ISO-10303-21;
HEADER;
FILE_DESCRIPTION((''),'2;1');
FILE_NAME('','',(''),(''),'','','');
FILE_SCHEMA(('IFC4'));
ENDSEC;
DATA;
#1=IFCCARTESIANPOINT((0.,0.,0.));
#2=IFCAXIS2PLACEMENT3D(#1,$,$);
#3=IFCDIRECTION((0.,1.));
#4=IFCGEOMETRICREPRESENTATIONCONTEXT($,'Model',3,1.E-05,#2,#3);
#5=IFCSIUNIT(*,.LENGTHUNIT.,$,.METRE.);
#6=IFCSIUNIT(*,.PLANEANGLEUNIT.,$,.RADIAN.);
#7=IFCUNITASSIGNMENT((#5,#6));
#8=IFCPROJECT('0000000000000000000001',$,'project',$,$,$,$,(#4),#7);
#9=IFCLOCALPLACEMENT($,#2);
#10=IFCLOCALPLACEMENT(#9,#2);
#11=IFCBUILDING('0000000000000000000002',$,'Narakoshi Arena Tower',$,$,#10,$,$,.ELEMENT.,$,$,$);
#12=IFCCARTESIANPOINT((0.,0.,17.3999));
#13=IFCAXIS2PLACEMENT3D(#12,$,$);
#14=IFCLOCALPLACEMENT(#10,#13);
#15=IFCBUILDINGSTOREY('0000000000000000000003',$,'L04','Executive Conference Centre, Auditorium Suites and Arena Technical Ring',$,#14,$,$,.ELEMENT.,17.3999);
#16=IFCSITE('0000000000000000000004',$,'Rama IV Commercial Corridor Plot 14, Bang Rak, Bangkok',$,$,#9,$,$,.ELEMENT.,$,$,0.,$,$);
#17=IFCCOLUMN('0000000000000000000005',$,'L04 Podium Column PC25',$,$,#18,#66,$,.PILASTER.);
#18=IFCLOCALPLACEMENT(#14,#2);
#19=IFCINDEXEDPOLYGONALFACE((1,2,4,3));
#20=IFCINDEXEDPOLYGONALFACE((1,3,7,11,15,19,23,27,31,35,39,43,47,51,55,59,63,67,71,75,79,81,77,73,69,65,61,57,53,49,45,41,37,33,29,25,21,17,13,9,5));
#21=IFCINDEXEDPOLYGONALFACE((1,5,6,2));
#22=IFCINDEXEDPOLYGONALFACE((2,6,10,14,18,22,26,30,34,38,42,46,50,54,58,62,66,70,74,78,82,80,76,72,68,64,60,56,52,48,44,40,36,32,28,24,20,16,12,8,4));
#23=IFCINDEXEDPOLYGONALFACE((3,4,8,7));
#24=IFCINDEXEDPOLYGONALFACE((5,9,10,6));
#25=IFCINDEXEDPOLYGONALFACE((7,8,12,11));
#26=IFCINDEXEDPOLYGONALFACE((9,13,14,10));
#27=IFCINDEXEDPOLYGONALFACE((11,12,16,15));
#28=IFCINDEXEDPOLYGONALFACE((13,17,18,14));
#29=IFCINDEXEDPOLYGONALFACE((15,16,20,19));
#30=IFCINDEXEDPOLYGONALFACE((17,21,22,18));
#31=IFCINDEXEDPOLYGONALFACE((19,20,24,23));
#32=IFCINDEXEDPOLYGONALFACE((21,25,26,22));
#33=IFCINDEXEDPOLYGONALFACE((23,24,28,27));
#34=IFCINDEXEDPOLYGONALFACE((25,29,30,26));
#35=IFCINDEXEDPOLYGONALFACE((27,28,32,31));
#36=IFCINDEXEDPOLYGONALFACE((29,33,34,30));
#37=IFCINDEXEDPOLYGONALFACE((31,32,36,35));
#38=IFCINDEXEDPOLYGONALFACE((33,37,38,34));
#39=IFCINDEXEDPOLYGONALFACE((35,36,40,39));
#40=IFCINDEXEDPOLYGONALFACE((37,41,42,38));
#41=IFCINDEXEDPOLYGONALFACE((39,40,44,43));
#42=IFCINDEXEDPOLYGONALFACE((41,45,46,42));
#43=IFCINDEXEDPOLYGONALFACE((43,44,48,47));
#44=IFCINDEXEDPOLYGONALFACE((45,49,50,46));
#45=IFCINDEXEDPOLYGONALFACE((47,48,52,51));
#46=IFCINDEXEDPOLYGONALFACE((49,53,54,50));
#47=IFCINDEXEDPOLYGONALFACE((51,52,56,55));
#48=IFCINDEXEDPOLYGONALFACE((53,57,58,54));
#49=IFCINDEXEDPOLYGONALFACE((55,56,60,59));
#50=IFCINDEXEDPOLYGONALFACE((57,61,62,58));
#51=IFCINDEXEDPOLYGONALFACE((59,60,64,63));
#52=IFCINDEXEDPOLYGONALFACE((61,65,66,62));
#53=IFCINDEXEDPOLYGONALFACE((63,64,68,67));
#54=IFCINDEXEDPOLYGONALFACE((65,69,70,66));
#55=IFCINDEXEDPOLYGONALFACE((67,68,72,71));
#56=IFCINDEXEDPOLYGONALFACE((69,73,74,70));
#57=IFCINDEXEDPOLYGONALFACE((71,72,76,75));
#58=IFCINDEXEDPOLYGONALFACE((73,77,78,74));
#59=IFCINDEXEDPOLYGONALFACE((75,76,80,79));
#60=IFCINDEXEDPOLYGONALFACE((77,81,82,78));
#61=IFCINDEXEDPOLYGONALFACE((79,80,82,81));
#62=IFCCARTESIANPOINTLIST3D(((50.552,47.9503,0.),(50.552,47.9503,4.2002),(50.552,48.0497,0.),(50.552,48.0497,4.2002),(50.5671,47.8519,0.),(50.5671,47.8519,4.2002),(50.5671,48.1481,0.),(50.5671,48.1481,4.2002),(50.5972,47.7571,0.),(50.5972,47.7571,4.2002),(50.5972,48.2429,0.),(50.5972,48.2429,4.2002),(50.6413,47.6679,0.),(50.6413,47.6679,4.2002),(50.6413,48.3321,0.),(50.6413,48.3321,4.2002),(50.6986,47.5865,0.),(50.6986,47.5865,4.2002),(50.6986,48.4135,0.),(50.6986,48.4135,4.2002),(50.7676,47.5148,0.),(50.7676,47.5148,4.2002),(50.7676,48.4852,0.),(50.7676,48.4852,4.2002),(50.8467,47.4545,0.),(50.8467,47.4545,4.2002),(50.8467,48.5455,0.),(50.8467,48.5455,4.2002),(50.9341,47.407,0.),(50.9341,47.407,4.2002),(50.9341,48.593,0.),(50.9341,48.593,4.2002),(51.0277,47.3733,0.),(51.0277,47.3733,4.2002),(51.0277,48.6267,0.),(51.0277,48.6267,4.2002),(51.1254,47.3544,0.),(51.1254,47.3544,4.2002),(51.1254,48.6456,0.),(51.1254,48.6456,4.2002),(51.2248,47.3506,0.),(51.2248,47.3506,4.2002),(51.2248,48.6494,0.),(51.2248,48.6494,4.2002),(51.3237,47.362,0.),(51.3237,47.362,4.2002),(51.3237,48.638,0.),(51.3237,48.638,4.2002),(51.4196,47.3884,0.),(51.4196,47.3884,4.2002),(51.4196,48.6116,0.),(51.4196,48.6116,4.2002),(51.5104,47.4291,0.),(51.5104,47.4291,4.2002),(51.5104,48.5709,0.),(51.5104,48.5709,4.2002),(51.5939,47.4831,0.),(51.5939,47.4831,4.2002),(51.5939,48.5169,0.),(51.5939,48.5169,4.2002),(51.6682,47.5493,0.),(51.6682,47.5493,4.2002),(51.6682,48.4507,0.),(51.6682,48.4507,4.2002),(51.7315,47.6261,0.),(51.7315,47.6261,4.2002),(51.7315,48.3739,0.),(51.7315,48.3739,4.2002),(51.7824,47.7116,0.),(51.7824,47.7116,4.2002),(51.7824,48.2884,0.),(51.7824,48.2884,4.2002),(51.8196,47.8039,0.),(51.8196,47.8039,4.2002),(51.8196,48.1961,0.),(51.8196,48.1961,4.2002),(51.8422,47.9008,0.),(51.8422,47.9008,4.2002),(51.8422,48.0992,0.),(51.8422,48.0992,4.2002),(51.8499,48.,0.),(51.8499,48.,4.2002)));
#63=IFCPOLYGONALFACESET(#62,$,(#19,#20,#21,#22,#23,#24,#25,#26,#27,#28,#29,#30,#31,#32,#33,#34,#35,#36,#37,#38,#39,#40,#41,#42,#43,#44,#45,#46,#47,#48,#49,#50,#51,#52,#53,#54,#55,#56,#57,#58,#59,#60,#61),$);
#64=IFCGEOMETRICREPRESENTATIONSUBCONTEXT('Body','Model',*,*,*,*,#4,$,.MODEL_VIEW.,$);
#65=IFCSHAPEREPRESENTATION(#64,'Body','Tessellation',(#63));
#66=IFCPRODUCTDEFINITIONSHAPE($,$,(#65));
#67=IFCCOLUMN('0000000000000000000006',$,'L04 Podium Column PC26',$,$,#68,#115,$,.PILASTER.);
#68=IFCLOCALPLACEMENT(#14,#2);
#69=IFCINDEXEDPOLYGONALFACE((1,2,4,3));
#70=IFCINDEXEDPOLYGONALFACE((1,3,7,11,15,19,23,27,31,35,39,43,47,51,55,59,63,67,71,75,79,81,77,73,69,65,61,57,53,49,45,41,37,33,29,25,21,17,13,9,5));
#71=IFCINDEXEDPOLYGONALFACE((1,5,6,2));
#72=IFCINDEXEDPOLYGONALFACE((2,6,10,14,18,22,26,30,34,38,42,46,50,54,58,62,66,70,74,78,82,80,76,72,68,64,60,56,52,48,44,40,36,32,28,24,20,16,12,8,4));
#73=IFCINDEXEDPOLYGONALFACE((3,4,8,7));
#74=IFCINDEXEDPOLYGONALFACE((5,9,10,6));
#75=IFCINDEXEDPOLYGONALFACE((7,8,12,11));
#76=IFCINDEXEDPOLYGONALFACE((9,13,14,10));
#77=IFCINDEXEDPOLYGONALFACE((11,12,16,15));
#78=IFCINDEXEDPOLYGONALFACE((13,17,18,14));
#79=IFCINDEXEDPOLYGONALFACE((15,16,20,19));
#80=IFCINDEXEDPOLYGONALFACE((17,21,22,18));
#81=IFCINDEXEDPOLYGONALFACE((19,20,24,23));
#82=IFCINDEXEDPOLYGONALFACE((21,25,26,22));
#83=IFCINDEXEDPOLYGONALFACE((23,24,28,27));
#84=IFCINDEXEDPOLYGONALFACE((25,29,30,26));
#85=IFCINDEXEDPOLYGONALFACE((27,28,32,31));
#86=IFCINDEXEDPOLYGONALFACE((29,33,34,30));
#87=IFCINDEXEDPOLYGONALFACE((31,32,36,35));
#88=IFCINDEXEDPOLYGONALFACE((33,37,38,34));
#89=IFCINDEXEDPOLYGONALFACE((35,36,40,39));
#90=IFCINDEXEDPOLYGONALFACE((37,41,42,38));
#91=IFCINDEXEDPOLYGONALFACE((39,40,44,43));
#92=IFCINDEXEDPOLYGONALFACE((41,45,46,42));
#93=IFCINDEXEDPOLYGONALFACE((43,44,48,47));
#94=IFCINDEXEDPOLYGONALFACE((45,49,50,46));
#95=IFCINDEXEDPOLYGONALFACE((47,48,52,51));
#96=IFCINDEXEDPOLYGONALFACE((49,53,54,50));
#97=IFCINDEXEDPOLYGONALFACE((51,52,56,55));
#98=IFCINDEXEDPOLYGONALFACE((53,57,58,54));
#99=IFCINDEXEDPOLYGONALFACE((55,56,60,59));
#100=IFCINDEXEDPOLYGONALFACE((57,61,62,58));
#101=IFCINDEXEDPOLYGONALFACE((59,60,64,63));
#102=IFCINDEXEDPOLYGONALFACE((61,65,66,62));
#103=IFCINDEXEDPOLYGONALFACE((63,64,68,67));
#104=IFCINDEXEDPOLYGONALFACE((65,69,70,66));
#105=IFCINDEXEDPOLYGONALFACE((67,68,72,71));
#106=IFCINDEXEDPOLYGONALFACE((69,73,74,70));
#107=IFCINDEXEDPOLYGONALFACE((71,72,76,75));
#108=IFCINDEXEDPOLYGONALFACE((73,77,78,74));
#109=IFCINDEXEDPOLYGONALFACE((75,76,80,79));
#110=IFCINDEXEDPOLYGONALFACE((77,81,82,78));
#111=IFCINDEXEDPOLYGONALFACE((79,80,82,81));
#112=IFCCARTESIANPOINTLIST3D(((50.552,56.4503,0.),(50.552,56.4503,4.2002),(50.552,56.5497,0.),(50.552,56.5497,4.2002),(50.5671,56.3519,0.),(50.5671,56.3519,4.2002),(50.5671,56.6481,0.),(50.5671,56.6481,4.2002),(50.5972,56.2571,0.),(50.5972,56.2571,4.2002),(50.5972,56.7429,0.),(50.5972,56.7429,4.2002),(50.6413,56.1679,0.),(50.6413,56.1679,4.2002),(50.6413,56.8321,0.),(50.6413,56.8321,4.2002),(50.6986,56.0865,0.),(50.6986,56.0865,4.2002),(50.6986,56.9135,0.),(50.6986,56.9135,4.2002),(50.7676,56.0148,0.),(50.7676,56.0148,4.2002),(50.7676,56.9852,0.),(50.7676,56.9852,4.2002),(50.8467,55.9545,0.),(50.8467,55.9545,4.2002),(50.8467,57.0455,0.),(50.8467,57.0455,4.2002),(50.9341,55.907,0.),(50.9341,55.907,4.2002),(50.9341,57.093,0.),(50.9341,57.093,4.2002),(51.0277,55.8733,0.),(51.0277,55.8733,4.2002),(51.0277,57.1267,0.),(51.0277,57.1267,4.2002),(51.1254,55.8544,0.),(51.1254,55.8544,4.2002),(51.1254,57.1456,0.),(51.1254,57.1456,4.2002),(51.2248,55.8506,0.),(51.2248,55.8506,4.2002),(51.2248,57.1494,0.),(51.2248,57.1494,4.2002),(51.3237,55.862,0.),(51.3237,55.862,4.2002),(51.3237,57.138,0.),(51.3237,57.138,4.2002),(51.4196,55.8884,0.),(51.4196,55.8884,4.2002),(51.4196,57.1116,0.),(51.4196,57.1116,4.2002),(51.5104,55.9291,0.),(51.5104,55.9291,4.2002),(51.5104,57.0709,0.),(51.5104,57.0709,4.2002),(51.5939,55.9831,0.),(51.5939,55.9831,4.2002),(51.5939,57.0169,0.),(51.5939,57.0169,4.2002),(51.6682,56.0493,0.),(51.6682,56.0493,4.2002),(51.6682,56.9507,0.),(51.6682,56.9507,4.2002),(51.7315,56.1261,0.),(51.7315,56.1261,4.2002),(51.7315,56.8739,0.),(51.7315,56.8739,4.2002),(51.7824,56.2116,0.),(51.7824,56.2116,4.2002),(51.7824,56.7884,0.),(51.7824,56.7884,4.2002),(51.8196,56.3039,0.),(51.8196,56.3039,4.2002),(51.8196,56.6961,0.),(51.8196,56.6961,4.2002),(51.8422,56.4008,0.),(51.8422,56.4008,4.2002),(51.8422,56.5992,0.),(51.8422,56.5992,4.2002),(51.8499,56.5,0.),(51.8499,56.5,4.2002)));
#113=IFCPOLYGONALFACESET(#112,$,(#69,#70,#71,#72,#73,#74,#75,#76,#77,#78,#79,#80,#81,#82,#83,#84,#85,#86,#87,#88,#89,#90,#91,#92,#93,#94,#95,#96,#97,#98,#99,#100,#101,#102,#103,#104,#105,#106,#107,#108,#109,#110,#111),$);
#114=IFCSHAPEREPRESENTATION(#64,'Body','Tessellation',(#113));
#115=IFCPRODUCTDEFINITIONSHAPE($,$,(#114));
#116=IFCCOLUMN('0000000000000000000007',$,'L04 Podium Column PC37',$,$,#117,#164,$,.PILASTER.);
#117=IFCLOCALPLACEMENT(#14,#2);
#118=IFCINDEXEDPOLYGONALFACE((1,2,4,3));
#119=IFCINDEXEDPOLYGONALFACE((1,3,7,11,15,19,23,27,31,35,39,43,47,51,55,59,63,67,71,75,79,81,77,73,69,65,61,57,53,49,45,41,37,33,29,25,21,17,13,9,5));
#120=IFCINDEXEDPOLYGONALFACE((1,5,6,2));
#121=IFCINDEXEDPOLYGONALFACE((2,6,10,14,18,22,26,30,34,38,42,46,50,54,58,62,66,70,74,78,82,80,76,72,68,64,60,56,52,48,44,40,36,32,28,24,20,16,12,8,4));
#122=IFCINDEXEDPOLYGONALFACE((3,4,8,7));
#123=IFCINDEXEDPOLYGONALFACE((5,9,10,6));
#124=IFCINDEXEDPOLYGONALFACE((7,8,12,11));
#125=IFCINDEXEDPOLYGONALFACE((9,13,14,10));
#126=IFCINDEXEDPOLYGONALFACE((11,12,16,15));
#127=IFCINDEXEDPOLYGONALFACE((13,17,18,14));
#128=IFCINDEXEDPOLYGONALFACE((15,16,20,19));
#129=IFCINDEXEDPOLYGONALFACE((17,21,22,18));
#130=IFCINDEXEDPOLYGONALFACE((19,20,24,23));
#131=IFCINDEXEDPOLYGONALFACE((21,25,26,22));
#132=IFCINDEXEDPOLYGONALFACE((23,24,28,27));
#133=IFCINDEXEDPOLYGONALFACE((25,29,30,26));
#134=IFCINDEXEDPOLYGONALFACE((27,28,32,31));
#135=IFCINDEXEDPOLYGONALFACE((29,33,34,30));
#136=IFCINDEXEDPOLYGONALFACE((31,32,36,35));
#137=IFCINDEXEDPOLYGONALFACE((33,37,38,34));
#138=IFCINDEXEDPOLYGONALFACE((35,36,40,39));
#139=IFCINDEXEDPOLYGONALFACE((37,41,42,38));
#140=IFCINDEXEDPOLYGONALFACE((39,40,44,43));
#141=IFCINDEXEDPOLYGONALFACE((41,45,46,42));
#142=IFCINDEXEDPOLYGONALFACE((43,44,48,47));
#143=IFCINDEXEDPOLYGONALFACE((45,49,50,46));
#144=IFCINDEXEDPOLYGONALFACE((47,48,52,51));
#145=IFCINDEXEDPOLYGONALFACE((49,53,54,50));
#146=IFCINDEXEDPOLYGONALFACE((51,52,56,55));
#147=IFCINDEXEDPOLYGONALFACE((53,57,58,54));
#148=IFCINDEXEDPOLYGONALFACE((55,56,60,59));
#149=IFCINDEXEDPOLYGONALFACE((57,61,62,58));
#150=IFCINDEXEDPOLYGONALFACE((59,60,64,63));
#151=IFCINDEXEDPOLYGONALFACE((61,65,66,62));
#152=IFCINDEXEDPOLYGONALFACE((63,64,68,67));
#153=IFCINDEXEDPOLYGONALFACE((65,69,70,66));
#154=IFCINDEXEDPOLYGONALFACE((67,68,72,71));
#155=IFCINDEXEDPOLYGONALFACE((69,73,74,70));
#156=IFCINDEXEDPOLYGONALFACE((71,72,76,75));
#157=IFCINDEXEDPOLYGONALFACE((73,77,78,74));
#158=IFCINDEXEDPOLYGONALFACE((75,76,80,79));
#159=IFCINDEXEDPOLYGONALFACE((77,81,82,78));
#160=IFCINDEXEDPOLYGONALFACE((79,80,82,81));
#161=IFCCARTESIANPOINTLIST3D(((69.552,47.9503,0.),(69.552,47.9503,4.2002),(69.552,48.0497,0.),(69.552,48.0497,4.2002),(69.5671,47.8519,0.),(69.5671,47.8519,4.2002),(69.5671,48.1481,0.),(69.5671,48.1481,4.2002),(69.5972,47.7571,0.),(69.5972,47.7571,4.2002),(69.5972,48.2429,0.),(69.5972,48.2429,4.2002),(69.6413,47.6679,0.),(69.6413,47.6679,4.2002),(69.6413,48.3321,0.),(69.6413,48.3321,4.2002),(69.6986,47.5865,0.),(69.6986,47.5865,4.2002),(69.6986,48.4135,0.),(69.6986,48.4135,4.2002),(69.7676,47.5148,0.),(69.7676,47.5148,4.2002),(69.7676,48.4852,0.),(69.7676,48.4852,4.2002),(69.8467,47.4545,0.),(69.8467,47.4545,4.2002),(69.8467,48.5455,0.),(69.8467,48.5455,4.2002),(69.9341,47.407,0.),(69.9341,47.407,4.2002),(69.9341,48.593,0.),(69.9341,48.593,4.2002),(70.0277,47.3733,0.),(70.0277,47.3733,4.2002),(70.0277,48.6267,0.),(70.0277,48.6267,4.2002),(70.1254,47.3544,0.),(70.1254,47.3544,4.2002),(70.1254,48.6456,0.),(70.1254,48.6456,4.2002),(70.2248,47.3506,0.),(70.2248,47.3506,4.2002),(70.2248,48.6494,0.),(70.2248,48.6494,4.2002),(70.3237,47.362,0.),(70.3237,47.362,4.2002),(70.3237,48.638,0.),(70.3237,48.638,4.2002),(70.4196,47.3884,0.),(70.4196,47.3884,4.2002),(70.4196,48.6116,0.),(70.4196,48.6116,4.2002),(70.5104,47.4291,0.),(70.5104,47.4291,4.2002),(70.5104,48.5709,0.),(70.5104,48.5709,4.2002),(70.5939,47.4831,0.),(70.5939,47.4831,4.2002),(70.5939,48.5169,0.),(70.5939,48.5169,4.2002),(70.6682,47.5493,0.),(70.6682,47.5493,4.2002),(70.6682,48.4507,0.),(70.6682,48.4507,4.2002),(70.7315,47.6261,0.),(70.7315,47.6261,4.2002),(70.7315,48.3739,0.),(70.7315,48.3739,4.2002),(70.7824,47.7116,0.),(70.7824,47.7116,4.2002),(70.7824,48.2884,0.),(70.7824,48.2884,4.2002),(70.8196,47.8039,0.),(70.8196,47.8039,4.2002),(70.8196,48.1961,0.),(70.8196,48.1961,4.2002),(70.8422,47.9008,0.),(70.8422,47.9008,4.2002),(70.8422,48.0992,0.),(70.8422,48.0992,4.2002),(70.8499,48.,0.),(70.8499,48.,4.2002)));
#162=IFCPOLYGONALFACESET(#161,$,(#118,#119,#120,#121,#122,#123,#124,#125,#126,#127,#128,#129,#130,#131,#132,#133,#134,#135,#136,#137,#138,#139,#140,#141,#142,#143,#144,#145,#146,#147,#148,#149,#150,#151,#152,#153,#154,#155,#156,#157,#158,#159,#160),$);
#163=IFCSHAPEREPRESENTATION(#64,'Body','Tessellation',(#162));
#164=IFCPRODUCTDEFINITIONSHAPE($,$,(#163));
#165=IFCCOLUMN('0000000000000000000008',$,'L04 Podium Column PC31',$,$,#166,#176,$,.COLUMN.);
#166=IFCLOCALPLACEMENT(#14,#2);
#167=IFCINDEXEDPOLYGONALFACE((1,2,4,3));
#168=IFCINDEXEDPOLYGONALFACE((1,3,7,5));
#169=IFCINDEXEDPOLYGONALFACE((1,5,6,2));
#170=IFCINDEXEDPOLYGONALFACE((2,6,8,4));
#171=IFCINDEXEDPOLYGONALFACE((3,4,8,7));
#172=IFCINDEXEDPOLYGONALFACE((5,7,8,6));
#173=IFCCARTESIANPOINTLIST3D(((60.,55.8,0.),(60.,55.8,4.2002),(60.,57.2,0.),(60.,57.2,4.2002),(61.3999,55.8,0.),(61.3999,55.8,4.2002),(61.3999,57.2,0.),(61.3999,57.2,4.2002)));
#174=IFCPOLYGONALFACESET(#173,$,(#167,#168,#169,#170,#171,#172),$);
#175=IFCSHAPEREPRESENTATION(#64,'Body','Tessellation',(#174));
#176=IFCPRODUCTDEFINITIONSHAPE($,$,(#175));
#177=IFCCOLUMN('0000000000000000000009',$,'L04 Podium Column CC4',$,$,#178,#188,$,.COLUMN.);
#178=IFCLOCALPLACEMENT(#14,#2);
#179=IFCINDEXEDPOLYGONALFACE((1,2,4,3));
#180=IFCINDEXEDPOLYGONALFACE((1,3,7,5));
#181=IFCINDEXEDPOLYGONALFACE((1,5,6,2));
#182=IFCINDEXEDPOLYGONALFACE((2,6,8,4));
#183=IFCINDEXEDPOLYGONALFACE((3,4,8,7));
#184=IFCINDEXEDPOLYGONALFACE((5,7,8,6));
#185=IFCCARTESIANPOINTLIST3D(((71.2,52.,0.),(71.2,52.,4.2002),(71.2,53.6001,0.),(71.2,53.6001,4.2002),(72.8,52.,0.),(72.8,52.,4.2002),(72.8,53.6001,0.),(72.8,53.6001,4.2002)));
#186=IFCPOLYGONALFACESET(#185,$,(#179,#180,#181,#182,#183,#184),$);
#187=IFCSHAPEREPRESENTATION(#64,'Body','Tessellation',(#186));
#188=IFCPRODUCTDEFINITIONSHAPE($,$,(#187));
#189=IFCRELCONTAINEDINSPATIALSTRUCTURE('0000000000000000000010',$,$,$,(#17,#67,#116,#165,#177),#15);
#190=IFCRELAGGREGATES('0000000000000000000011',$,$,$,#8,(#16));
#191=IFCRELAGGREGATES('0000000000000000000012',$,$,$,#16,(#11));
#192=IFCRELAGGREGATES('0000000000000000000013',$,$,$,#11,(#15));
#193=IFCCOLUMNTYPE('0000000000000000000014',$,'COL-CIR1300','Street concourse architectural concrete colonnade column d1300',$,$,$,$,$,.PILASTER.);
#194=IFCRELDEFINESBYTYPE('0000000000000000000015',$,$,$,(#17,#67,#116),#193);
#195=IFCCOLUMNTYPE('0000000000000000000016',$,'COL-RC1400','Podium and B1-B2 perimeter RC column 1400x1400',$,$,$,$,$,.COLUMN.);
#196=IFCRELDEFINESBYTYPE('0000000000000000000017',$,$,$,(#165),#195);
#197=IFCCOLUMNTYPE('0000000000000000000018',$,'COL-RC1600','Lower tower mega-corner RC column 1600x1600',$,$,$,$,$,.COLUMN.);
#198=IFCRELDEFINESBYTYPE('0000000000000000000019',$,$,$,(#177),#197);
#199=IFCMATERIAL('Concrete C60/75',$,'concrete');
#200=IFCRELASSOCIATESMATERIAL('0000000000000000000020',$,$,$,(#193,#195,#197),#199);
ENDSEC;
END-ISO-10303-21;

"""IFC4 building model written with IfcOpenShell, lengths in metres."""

from ifc_helpers import new_model, si_unit, direction, frame, origin, origin_2d, place, context, subcontext, project, spatial, rectangle, circle, extrude, material, material_profile, profile_set, type_object, element, save


model = new_model("IFC4")

# Units and contexts
model_context = context("Model", 3, precision=1e-05, world=origin(), true_north=direction((0.0, 1.0)))
body_context = subcontext(model_context, "Body", "Model", "MODEL_VIEW")
ifc_project = project(units=[si_unit("LENGTHUNIT", "METRE"), si_unit("PLANEANGLEUNIT", "RADIAN")], contexts=[model_context])

# Site, building, storey
site_placement = place(None, origin())
site = spatial("IfcSite", under=ifc_project, at=site_placement, Name="Rama IV Commercial Corridor Plot 14, Bang Rak, Bangkok", CompositionType="ELEMENT", RefElevation=0.0)
building_placement = place(site_placement, origin())
building = spatial("IfcBuilding", under=site, at=building_placement, Name="Narakoshi Arena Tower", CompositionType="ELEMENT")
storey_placement = place(building_placement, frame((0.0, 0.0, 17.3999)))
storey = spatial("IfcBuildingStorey", under=building, at=storey_placement, Name="L04", Description="Executive Conference Centre, Auditorium Suites and Arena Technical Ring", CompositionType="ELEMENT", Elevation=17.3999)

# Columns
ifc_material_1 = material(Name="Concrete C60/75", Category="concrete")
ifc_material_profile_1 = material_profile(ifc_material_1, circle(Radius=0.6499, at=origin_2d()), Name="RCC1300")
ifc_profile_set_1 = profile_set([ifc_material_profile_1], Name="Concrete C60/75")
column_type_1 = type_object("IfcColumnType", Name="COL-CIR1300", Description="Street concourse architectural concrete colonnade column d1300", PredefinedType="PILASTER", material=ifc_profile_set_1)
for number, where, z_axis, x_axis, name in (
    (1, (51.2, 48.0, 0.0), (0.0, 0.0, 1.0), (1.0, 0.0, 0.0), "L04 Podium Column PC25"),
    (2, (51.2, 56.5, 0.0), (0.0, 0.0, 1.0), (1.0, 0.0, 0.0), "L04 Podium Column PC26"),
    (3, (70.2, 48.0, 0.0), (0.0, 0.0, 1.0), (1.0, 0.0, 0.0), "L04 Podium Column PC37"),
):
    element("IfcColumn", number, at=place(storey_placement, frame(where, z_axis=z_axis, x_axis=x_axis)), inside=storey, type_object=column_type_1, Name=name, PredefinedType="PILASTER", context=body_context, shape_type="SweptSolid", body=[
        extrude(circle(Radius=0.6499, at=origin_2d()), origin(), (0.0, 0.0, 1.0), 4.2002),
    ])
ifc_material_profile_2 = material_profile(ifc_material_1, rectangle(XDim=1.3999, YDim=1.3999, at=origin_2d()), Name="RC1400x1400")
ifc_profile_set_2 = profile_set([ifc_material_profile_2], Name="Concrete C60/75")
column_type_2 = type_object("IfcColumnType", Name="COL-RC1400", Description="Podium and B1-B2 perimeter RC column 1400x1400", PredefinedType="COLUMN", material=ifc_profile_set_2)
column_1_placement = place(storey_placement, frame((60.7, 56.5, 0.0), z_axis=(0.0, 0.0, 1.0), x_axis=(1.0, 0.0, 0.0)))
element("IfcColumn", 4, at=column_1_placement, inside=storey, type_object=column_type_2, Name="L04 Podium Column PC31", PredefinedType="COLUMN", context=body_context, shape_type="SweptSolid", body=[
    extrude(rectangle(XDim=1.3999, YDim=1.3999, at=origin_2d()), origin(), (0.0, 0.0, 1.0), 4.2002),
])
ifc_material_profile_3 = material_profile(ifc_material_1, rectangle(XDim=1.6001, YDim=1.6001, at=origin_2d()), Name="RC1600x1600")
ifc_profile_set_3 = profile_set([ifc_material_profile_3], Name="Concrete C60/75")
column_type_3 = type_object("IfcColumnType", Name="COL-RC1600", Description="Lower tower mega-corner RC column 1600x1600", PredefinedType="COLUMN", material=ifc_profile_set_3)
column_2_placement = place(storey_placement, frame((72.0, 52.8, 0.0), z_axis=(0.0, 0.0, 1.0), x_axis=(1.0, 0.0, 0.0)))
element("IfcColumn", 5, at=column_2_placement, inside=storey, type_object=column_type_3, Name="L04 Podium Column CC4", PredefinedType="COLUMN", context=body_context, shape_type="SweptSolid", body=[
    extrude(rectangle(XDim=1.6001, YDim=1.6001, at=origin_2d()), origin(), (0.0, 0.0, 1.0), 4.2002),
])

save(model, "model.ifc")
